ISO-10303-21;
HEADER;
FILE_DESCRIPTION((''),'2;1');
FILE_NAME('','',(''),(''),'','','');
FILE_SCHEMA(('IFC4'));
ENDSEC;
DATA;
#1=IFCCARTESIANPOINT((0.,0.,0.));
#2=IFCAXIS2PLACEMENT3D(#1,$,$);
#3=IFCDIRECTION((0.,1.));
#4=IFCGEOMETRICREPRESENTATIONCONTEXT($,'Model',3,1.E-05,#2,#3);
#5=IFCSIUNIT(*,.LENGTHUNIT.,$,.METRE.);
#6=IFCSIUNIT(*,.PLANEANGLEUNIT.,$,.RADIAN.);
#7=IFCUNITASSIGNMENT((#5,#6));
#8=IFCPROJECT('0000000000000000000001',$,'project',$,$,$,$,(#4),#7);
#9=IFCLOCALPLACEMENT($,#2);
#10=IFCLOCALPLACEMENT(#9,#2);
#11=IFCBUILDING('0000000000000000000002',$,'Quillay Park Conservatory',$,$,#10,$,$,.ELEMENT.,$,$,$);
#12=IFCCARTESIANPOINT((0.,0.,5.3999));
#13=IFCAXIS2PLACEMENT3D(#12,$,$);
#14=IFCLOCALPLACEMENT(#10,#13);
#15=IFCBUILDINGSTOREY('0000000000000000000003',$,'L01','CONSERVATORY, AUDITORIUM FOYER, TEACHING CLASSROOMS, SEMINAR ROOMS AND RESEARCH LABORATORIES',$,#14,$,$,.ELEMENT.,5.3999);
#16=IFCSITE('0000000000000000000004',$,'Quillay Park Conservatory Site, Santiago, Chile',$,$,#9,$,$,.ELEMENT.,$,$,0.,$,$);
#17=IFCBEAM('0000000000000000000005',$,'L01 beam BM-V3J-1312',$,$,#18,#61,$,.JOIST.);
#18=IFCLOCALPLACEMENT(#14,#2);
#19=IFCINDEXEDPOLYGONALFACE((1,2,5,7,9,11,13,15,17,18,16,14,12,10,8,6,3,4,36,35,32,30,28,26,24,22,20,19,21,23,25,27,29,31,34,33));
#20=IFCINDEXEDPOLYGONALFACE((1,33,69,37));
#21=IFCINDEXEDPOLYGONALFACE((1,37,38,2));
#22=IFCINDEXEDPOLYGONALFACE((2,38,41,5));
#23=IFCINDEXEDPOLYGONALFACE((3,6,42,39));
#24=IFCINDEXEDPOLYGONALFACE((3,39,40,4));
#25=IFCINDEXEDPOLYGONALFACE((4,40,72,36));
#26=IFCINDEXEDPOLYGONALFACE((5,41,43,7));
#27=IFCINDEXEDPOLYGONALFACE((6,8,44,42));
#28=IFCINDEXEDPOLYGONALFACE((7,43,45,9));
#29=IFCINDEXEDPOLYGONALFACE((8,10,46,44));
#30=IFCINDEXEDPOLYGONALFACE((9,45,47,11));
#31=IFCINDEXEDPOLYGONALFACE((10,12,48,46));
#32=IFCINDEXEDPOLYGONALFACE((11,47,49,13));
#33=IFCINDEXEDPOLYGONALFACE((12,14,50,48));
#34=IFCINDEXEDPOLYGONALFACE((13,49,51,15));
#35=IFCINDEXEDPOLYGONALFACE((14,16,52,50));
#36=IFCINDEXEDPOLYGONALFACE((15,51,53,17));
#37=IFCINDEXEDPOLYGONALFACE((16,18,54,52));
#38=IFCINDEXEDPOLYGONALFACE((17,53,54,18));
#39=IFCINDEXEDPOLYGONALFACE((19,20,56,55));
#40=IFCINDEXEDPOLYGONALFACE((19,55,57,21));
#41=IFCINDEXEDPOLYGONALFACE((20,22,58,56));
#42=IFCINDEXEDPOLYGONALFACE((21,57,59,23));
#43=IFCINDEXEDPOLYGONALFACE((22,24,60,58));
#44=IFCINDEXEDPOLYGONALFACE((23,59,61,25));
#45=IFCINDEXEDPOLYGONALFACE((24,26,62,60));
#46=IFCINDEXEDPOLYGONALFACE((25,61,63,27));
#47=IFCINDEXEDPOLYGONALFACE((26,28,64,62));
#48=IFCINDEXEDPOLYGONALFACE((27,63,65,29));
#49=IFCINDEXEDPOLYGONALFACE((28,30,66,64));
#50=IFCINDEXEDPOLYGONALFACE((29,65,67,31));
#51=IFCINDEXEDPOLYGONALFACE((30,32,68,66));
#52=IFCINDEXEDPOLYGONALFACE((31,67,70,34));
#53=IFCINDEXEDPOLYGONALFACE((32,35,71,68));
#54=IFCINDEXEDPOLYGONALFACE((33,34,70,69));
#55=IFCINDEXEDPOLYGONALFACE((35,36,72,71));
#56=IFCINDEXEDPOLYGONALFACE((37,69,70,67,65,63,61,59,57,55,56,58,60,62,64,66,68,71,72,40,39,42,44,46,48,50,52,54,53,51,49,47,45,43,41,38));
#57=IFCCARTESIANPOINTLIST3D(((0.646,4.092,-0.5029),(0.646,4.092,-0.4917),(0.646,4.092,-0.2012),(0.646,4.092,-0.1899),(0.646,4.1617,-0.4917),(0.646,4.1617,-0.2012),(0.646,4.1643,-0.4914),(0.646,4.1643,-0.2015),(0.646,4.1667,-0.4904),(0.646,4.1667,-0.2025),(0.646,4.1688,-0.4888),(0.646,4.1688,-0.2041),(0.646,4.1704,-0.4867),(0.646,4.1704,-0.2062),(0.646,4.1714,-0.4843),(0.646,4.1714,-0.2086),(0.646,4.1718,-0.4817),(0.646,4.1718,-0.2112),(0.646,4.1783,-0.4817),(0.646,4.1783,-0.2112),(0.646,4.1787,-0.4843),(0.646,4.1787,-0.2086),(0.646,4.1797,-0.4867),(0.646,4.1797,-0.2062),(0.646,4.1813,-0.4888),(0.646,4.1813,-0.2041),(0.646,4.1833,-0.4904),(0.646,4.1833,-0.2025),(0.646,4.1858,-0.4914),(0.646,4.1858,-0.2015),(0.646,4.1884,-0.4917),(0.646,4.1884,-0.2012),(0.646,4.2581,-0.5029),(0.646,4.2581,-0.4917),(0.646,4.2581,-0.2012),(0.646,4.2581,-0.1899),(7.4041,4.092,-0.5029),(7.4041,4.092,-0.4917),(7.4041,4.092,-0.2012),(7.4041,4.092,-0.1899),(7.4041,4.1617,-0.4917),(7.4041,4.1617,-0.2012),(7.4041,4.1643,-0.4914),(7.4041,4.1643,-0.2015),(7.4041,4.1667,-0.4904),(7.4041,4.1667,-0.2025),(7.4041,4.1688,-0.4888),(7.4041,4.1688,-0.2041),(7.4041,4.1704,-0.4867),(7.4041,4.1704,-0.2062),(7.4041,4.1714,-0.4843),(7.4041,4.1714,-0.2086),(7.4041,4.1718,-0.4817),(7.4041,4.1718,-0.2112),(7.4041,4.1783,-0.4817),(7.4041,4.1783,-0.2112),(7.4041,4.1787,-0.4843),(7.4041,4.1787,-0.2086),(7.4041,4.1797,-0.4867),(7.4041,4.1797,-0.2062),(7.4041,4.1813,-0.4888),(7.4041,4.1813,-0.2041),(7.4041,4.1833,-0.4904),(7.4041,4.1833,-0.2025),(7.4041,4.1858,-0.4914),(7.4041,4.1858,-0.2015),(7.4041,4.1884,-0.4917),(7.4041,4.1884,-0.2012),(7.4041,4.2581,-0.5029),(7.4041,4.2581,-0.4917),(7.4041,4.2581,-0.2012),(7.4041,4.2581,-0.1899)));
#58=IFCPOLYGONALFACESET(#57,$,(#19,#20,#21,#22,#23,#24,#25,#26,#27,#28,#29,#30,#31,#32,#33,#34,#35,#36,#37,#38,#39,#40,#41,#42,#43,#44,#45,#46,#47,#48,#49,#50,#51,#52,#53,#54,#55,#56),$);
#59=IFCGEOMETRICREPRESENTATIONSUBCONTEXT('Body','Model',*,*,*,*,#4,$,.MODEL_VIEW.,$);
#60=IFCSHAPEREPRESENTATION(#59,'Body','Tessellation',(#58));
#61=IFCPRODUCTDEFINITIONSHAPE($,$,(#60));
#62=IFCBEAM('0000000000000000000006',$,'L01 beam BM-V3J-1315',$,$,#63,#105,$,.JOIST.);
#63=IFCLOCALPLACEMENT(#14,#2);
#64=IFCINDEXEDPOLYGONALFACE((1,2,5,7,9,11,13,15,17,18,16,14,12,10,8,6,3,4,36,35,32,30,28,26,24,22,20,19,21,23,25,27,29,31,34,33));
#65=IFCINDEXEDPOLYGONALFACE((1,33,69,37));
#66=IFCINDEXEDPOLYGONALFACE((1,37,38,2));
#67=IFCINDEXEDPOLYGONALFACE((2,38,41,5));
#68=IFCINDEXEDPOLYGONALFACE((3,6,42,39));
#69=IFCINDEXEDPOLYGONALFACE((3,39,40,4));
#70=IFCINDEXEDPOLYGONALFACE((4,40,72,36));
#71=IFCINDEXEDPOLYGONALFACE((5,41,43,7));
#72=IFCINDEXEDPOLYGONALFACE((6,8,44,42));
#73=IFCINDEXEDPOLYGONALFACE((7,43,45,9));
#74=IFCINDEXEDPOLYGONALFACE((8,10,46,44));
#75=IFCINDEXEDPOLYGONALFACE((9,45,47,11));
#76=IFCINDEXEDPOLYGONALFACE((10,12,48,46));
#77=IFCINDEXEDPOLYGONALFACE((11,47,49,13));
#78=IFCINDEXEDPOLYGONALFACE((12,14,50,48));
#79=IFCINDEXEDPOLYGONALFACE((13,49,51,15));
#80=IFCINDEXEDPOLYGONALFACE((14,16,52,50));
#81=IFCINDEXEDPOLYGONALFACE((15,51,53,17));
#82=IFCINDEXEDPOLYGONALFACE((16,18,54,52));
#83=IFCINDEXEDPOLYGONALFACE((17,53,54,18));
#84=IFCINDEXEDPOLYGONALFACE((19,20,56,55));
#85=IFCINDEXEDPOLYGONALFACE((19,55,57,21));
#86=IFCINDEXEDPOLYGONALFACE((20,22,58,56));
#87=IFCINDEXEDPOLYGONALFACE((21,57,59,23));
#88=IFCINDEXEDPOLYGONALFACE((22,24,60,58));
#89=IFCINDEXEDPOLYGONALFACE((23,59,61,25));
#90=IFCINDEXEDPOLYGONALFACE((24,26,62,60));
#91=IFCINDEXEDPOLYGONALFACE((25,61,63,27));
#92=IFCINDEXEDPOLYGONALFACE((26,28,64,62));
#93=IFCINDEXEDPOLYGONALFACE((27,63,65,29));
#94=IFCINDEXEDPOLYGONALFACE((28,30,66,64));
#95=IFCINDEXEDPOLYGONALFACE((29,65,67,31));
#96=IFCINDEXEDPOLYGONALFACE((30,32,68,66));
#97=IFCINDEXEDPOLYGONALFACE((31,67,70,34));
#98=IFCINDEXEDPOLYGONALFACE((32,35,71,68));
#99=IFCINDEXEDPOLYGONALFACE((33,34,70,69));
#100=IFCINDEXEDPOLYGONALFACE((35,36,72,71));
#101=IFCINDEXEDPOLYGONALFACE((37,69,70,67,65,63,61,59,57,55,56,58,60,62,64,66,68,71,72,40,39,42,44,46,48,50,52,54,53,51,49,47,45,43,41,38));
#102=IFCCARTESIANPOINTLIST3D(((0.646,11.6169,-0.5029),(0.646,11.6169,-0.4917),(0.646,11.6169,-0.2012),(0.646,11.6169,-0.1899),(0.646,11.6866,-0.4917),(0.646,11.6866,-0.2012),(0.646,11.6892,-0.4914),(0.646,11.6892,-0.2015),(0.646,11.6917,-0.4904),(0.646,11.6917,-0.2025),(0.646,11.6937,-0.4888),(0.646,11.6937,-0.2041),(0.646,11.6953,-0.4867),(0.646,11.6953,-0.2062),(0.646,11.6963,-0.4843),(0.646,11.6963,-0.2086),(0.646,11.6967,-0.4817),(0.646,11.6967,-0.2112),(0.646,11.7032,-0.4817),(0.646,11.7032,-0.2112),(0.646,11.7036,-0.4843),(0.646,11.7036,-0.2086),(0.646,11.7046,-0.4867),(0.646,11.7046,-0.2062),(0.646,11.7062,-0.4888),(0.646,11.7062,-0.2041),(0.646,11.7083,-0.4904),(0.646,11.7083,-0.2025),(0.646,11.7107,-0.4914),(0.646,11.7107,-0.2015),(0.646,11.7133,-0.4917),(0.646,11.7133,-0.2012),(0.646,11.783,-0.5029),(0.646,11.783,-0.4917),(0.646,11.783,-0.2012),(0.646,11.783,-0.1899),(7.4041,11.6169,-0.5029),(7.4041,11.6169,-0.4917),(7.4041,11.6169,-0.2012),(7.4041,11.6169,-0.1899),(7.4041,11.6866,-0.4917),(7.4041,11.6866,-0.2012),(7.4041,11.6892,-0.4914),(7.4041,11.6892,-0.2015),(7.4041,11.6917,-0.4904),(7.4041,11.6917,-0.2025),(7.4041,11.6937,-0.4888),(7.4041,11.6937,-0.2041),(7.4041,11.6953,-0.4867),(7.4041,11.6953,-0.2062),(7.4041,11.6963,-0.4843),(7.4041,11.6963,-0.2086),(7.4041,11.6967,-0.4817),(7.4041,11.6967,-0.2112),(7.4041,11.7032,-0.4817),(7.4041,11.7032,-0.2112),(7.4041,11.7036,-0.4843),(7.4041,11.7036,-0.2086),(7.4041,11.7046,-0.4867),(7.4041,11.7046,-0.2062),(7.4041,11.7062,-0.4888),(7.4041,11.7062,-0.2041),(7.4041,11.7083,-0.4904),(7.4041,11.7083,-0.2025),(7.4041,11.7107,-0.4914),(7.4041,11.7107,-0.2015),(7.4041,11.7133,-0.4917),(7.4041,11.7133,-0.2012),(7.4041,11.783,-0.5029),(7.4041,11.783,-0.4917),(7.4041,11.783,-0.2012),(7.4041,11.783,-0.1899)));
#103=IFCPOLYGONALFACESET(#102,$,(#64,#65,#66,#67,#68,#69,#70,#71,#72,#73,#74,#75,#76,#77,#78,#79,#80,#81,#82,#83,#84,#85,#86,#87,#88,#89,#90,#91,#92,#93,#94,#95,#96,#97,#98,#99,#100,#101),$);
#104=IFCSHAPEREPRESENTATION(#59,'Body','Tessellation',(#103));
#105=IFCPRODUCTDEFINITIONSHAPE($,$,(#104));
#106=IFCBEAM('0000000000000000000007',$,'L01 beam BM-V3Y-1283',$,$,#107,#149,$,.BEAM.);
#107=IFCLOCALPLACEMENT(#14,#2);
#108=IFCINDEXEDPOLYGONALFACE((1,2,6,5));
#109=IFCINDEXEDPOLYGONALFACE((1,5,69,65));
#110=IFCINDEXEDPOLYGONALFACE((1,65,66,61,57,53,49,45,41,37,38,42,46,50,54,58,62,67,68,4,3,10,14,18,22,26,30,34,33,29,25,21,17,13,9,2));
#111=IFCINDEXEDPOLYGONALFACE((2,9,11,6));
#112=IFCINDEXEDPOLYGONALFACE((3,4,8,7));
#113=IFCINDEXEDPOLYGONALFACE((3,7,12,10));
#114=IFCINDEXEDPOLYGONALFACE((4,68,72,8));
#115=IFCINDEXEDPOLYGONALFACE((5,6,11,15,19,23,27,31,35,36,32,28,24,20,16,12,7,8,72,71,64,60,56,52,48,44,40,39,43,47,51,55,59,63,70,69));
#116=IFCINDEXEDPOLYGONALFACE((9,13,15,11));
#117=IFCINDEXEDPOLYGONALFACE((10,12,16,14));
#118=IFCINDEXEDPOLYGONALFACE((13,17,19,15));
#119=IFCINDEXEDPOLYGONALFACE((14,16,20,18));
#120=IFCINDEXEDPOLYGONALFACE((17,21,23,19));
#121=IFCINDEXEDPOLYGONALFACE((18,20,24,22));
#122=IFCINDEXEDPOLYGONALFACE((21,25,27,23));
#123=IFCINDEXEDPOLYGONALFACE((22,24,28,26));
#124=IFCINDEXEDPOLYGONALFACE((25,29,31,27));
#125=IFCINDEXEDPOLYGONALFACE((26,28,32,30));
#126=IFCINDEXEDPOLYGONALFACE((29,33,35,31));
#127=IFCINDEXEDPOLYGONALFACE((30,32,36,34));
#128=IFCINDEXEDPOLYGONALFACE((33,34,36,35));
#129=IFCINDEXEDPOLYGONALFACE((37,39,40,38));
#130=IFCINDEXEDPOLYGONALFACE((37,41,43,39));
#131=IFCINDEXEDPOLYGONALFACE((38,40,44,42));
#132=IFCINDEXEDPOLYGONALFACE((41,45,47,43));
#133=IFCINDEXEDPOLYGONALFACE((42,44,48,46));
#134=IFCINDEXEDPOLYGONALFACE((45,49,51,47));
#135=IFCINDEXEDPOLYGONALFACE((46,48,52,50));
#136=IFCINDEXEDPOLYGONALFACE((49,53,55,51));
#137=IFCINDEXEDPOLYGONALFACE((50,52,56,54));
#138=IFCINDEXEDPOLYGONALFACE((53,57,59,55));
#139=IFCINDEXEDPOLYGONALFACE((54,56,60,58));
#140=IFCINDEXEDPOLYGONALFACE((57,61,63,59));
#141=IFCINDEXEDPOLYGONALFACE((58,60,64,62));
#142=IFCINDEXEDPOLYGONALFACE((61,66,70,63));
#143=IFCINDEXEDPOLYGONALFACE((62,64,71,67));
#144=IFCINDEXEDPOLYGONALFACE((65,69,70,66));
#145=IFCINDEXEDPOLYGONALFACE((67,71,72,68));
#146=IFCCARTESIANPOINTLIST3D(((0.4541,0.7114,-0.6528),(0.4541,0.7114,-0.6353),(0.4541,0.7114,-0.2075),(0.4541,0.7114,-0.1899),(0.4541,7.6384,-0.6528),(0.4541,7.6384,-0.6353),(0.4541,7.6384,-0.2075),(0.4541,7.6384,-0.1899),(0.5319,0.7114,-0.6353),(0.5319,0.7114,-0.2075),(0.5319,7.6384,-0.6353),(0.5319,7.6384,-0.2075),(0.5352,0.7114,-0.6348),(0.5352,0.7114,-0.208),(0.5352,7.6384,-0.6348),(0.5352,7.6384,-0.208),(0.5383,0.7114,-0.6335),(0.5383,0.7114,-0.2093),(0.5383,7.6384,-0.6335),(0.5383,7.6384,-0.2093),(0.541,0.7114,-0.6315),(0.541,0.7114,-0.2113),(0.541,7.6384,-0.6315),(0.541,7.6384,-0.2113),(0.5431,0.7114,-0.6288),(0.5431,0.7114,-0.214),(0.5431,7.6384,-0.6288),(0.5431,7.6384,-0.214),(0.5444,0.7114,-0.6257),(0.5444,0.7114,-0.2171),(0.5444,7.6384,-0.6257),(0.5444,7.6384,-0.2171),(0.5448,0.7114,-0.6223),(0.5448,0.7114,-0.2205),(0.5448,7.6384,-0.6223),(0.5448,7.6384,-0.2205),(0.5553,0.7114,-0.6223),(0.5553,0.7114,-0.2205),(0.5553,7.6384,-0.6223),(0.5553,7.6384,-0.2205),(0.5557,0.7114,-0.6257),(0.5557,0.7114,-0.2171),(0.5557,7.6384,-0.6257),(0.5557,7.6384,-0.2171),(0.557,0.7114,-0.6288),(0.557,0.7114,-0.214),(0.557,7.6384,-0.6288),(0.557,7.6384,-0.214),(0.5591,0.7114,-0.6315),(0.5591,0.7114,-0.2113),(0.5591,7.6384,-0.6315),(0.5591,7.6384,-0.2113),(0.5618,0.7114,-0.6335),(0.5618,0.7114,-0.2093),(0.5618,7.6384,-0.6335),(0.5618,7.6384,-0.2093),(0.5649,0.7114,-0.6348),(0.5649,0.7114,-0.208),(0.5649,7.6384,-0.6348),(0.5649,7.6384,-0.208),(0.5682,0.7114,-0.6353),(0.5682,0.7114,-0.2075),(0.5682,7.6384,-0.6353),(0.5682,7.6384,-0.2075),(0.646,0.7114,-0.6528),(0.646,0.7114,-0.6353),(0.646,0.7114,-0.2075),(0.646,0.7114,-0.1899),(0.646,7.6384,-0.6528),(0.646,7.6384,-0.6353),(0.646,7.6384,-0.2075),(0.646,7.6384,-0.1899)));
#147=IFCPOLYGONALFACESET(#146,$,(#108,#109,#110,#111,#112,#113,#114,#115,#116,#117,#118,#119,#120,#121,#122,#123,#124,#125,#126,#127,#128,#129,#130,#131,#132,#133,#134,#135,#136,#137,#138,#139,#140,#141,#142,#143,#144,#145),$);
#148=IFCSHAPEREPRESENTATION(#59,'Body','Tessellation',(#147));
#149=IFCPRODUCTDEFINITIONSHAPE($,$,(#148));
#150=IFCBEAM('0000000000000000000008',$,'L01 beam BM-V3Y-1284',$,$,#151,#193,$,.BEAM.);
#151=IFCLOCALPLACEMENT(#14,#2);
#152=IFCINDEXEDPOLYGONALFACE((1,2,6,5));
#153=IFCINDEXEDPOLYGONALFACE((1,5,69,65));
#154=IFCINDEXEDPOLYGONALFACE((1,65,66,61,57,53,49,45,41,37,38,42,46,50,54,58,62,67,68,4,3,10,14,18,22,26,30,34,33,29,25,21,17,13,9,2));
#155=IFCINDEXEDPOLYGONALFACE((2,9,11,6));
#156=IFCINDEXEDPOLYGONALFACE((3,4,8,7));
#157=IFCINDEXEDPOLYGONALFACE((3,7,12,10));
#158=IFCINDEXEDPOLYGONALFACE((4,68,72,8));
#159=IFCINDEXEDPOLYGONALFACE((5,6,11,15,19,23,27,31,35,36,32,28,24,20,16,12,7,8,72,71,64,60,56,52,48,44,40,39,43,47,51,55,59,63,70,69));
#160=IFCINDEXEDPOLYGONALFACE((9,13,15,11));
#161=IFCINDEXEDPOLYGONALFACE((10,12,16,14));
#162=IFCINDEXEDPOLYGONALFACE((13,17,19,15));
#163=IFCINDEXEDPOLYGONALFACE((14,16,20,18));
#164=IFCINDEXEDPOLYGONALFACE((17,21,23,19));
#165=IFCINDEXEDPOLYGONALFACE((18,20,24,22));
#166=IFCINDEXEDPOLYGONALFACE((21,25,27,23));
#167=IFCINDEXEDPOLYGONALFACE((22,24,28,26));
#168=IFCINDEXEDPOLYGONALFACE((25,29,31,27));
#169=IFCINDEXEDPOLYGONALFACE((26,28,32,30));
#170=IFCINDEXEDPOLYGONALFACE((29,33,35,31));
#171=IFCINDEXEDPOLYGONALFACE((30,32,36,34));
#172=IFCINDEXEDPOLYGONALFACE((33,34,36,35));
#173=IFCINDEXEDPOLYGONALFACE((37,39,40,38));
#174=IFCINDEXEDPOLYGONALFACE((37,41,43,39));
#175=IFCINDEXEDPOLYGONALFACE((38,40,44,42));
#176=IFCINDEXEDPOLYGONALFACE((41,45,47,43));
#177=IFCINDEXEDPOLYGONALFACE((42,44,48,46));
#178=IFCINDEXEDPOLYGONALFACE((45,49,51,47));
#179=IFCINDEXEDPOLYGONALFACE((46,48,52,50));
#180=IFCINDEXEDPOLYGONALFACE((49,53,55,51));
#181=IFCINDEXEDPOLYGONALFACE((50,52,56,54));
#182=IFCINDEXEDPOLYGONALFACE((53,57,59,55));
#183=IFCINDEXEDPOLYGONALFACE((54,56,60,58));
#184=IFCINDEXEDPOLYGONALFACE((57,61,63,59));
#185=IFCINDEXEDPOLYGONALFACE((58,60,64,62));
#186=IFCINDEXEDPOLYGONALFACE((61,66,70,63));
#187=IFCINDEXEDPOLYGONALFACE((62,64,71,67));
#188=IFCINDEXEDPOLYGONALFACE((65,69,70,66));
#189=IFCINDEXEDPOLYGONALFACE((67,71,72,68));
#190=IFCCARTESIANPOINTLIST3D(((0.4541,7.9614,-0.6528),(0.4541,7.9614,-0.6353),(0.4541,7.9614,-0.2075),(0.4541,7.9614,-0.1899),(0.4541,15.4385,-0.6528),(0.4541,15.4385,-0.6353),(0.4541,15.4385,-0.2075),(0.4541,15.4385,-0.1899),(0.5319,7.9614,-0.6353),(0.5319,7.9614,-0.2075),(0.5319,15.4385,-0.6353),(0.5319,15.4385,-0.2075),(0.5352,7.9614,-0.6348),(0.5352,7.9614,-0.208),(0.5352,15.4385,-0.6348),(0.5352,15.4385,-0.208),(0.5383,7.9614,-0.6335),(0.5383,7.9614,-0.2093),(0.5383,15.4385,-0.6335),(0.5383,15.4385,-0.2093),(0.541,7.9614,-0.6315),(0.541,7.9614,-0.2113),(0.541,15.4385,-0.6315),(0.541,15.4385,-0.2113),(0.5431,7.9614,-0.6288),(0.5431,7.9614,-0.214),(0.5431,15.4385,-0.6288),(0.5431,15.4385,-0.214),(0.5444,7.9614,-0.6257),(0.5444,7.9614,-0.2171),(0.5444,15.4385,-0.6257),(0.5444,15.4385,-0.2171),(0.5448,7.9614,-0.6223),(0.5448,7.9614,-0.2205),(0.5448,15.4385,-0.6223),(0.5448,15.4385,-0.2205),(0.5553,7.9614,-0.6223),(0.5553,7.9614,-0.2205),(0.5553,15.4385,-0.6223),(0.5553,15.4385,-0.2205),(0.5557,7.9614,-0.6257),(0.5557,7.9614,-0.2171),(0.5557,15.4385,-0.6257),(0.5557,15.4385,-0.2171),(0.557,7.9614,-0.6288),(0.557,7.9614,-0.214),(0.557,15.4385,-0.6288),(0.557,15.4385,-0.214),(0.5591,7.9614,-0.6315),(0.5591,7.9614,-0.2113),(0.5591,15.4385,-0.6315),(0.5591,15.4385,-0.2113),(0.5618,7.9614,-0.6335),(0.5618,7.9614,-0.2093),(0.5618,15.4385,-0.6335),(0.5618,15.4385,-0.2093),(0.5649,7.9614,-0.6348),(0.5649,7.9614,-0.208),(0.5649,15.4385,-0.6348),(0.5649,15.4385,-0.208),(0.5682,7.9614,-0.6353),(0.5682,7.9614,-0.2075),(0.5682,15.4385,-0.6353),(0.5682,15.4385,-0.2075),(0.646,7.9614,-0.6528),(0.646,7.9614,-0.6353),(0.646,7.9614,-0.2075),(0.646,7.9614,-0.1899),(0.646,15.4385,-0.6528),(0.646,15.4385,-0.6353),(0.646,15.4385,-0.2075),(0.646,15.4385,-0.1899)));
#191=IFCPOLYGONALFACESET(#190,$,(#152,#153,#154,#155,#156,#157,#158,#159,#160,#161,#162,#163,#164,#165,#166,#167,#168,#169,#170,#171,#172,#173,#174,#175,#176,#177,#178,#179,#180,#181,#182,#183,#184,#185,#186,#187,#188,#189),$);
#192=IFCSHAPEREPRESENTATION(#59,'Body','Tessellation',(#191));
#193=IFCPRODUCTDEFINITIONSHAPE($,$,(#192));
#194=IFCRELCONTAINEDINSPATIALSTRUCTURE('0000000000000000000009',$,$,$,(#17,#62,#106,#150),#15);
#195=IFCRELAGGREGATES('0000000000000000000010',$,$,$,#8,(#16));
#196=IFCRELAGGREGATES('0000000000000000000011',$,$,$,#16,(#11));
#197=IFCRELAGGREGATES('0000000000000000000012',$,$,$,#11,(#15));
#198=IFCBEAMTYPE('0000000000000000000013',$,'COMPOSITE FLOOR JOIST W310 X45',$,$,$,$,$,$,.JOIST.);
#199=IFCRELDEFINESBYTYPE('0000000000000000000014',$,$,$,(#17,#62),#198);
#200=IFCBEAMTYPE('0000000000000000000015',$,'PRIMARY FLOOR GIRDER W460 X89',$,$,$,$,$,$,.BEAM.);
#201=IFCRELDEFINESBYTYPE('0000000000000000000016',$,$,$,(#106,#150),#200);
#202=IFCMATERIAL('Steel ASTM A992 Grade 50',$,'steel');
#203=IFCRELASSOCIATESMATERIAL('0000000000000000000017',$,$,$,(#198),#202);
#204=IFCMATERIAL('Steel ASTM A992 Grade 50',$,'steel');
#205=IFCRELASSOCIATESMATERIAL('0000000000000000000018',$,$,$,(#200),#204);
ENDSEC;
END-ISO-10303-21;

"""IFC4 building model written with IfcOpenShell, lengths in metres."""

from ifc_helpers import new_model, si_unit, direction, frame, origin, origin_2d, place, context, subcontext, project, spatial, i_section, extrude, material, material_profile, profile_set, type_object, element, save


model = new_model("IFC4")

# Units and contexts
model_context = context("Model", 3, precision=1e-05, world=origin(), true_north=direction((0.0, 1.0)))
body_context = subcontext(model_context, "Body", "Model", "MODEL_VIEW")
ifc_project = project(units=[si_unit("LENGTHUNIT", "METRE"), si_unit("PLANEANGLEUNIT", "RADIAN")], contexts=[model_context])

# Site, building, storey
site_placement = place(None, origin())
site = spatial("IfcSite", under=ifc_project, at=site_placement, Name="Quillay Park Conservatory Site, Santiago, Chile", CompositionType="ELEMENT", RefElevation=0.0)
building_placement = place(site_placement, origin())
building = spatial("IfcBuilding", under=site, at=building_placement, Name="Quillay Park Conservatory", CompositionType="ELEMENT")
storey_placement = place(building_placement, frame((0.0, 0.0, 5.3999)))
storey = spatial("IfcBuildingStorey", under=building, at=storey_placement, Name="L01", Description="CONSERVATORY, AUDITORIUM FOYER, TEACHING CLASSROOMS, SEMINAR ROOMS AND RESEARCH LABORATORIES", CompositionType="ELEMENT", Elevation=5.3999)

# Beams
ifc_material_1 = material(Name="Steel ASTM A992 Grade 50", Category="steel")
ifc_material_profile_1 = material_profile(ifc_material_1, i_section(OverallWidth=0.166, OverallDepth=0.313, WebThickness=0.0066, FlangeThickness=0.0112, FilletRadius=0.01, at=origin_2d()), Name="W310x45")
ifc_profile_set_1 = profile_set([ifc_material_profile_1], Name="Steel ASTM A992 Grade 50")
beam_type_1 = type_object("IfcBeamType", Name="COMPOSITE FLOOR JOIST W310 X45", PredefinedType="JOIST", material=ifc_profile_set_1)
for number, where, z_axis, x_axis, name in (
    (1, (0.646, 4.175, -0.3464), (1.0, 0.0, 0.0), (0.0, 1.0, 0.0), "L01 beam BM-V3J-1312"),
    (2, (0.646, 11.7, -0.3464), (1.0, 0.0, 0.0), (0.0, 1.0, 0.0), "L01 beam BM-V3J-1315"),
):
    element("IfcBeam", number, at=place(storey_placement, frame(where, z_axis=z_axis, x_axis=x_axis)), inside=storey, type_object=beam_type_1, Name=name, PredefinedType="JOIST", context=body_context, shape_type="SweptSolid", body=[
        extrude(i_section(OverallWidth=0.166, OverallDepth=0.313, WebThickness=0.0066, FlangeThickness=0.0112, FilletRadius=0.01, at=origin_2d()), origin(), (0.0, 0.0, 1.0), 6.7581),
    ])
ifc_material_2 = material(Name="Steel ASTM A992 Grade 50", Category="steel")
ifc_material_profile_2 = material_profile(ifc_material_2, i_section(OverallWidth=0.1919, OverallDepth=0.4629, WebThickness=0.0105, FlangeThickness=0.0176, FilletRadius=0.0129, at=origin_2d()), Name="W460x89")
ifc_profile_set_2 = profile_set([ifc_material_profile_2], Name="Steel ASTM A992 Grade 50")
beam_type_2 = type_object("IfcBeamType", Name="PRIMARY FLOOR GIRDER W460 X89", PredefinedType="BEAM", material=ifc_profile_set_2)
beam_placement = place(storey_placement, frame((0.55, 0.7114, -0.4214), z_axis=(0.0, 1.0, 0.0), x_axis=(-1.0, 0.0, 0.0)))
element("IfcBeam", 3, at=beam_placement, inside=storey, type_object=beam_type_2, Name="L01 beam BM-V3Y-1283", PredefinedType="BEAM", context=body_context, shape_type="SweptSolid", body=[
    extrude(i_section(OverallWidth=0.1919, OverallDepth=0.4629, WebThickness=0.0105, FlangeThickness=0.0176, FilletRadius=0.0129, at=origin_2d()), origin(), (0.0, 0.0, 1.0), 6.927),
])
for number, where, z_axis, x_axis, name in (
    (4, (0.55, 7.9614, -0.4214), (0.0, 1.0, 0.0), (-1.0, 0.0, 0.0), "L01 beam BM-V3Y-1284"),
):
    element("IfcBeam", number, at=place(storey_placement, frame(where, z_axis=z_axis, x_axis=x_axis)), inside=storey, type_object=beam_type_2, Name=name, PredefinedType="BEAM", context=body_context, shape_type="SweptSolid", body=[
        extrude(i_section(OverallWidth=0.1919, OverallDepth=0.4629, WebThickness=0.0105, FlangeThickness=0.0176, FilletRadius=0.0129, at=origin_2d()), origin(), (0.0, 0.0, 1.0), 7.4771),
    ])

save(model, "model.ifc")
